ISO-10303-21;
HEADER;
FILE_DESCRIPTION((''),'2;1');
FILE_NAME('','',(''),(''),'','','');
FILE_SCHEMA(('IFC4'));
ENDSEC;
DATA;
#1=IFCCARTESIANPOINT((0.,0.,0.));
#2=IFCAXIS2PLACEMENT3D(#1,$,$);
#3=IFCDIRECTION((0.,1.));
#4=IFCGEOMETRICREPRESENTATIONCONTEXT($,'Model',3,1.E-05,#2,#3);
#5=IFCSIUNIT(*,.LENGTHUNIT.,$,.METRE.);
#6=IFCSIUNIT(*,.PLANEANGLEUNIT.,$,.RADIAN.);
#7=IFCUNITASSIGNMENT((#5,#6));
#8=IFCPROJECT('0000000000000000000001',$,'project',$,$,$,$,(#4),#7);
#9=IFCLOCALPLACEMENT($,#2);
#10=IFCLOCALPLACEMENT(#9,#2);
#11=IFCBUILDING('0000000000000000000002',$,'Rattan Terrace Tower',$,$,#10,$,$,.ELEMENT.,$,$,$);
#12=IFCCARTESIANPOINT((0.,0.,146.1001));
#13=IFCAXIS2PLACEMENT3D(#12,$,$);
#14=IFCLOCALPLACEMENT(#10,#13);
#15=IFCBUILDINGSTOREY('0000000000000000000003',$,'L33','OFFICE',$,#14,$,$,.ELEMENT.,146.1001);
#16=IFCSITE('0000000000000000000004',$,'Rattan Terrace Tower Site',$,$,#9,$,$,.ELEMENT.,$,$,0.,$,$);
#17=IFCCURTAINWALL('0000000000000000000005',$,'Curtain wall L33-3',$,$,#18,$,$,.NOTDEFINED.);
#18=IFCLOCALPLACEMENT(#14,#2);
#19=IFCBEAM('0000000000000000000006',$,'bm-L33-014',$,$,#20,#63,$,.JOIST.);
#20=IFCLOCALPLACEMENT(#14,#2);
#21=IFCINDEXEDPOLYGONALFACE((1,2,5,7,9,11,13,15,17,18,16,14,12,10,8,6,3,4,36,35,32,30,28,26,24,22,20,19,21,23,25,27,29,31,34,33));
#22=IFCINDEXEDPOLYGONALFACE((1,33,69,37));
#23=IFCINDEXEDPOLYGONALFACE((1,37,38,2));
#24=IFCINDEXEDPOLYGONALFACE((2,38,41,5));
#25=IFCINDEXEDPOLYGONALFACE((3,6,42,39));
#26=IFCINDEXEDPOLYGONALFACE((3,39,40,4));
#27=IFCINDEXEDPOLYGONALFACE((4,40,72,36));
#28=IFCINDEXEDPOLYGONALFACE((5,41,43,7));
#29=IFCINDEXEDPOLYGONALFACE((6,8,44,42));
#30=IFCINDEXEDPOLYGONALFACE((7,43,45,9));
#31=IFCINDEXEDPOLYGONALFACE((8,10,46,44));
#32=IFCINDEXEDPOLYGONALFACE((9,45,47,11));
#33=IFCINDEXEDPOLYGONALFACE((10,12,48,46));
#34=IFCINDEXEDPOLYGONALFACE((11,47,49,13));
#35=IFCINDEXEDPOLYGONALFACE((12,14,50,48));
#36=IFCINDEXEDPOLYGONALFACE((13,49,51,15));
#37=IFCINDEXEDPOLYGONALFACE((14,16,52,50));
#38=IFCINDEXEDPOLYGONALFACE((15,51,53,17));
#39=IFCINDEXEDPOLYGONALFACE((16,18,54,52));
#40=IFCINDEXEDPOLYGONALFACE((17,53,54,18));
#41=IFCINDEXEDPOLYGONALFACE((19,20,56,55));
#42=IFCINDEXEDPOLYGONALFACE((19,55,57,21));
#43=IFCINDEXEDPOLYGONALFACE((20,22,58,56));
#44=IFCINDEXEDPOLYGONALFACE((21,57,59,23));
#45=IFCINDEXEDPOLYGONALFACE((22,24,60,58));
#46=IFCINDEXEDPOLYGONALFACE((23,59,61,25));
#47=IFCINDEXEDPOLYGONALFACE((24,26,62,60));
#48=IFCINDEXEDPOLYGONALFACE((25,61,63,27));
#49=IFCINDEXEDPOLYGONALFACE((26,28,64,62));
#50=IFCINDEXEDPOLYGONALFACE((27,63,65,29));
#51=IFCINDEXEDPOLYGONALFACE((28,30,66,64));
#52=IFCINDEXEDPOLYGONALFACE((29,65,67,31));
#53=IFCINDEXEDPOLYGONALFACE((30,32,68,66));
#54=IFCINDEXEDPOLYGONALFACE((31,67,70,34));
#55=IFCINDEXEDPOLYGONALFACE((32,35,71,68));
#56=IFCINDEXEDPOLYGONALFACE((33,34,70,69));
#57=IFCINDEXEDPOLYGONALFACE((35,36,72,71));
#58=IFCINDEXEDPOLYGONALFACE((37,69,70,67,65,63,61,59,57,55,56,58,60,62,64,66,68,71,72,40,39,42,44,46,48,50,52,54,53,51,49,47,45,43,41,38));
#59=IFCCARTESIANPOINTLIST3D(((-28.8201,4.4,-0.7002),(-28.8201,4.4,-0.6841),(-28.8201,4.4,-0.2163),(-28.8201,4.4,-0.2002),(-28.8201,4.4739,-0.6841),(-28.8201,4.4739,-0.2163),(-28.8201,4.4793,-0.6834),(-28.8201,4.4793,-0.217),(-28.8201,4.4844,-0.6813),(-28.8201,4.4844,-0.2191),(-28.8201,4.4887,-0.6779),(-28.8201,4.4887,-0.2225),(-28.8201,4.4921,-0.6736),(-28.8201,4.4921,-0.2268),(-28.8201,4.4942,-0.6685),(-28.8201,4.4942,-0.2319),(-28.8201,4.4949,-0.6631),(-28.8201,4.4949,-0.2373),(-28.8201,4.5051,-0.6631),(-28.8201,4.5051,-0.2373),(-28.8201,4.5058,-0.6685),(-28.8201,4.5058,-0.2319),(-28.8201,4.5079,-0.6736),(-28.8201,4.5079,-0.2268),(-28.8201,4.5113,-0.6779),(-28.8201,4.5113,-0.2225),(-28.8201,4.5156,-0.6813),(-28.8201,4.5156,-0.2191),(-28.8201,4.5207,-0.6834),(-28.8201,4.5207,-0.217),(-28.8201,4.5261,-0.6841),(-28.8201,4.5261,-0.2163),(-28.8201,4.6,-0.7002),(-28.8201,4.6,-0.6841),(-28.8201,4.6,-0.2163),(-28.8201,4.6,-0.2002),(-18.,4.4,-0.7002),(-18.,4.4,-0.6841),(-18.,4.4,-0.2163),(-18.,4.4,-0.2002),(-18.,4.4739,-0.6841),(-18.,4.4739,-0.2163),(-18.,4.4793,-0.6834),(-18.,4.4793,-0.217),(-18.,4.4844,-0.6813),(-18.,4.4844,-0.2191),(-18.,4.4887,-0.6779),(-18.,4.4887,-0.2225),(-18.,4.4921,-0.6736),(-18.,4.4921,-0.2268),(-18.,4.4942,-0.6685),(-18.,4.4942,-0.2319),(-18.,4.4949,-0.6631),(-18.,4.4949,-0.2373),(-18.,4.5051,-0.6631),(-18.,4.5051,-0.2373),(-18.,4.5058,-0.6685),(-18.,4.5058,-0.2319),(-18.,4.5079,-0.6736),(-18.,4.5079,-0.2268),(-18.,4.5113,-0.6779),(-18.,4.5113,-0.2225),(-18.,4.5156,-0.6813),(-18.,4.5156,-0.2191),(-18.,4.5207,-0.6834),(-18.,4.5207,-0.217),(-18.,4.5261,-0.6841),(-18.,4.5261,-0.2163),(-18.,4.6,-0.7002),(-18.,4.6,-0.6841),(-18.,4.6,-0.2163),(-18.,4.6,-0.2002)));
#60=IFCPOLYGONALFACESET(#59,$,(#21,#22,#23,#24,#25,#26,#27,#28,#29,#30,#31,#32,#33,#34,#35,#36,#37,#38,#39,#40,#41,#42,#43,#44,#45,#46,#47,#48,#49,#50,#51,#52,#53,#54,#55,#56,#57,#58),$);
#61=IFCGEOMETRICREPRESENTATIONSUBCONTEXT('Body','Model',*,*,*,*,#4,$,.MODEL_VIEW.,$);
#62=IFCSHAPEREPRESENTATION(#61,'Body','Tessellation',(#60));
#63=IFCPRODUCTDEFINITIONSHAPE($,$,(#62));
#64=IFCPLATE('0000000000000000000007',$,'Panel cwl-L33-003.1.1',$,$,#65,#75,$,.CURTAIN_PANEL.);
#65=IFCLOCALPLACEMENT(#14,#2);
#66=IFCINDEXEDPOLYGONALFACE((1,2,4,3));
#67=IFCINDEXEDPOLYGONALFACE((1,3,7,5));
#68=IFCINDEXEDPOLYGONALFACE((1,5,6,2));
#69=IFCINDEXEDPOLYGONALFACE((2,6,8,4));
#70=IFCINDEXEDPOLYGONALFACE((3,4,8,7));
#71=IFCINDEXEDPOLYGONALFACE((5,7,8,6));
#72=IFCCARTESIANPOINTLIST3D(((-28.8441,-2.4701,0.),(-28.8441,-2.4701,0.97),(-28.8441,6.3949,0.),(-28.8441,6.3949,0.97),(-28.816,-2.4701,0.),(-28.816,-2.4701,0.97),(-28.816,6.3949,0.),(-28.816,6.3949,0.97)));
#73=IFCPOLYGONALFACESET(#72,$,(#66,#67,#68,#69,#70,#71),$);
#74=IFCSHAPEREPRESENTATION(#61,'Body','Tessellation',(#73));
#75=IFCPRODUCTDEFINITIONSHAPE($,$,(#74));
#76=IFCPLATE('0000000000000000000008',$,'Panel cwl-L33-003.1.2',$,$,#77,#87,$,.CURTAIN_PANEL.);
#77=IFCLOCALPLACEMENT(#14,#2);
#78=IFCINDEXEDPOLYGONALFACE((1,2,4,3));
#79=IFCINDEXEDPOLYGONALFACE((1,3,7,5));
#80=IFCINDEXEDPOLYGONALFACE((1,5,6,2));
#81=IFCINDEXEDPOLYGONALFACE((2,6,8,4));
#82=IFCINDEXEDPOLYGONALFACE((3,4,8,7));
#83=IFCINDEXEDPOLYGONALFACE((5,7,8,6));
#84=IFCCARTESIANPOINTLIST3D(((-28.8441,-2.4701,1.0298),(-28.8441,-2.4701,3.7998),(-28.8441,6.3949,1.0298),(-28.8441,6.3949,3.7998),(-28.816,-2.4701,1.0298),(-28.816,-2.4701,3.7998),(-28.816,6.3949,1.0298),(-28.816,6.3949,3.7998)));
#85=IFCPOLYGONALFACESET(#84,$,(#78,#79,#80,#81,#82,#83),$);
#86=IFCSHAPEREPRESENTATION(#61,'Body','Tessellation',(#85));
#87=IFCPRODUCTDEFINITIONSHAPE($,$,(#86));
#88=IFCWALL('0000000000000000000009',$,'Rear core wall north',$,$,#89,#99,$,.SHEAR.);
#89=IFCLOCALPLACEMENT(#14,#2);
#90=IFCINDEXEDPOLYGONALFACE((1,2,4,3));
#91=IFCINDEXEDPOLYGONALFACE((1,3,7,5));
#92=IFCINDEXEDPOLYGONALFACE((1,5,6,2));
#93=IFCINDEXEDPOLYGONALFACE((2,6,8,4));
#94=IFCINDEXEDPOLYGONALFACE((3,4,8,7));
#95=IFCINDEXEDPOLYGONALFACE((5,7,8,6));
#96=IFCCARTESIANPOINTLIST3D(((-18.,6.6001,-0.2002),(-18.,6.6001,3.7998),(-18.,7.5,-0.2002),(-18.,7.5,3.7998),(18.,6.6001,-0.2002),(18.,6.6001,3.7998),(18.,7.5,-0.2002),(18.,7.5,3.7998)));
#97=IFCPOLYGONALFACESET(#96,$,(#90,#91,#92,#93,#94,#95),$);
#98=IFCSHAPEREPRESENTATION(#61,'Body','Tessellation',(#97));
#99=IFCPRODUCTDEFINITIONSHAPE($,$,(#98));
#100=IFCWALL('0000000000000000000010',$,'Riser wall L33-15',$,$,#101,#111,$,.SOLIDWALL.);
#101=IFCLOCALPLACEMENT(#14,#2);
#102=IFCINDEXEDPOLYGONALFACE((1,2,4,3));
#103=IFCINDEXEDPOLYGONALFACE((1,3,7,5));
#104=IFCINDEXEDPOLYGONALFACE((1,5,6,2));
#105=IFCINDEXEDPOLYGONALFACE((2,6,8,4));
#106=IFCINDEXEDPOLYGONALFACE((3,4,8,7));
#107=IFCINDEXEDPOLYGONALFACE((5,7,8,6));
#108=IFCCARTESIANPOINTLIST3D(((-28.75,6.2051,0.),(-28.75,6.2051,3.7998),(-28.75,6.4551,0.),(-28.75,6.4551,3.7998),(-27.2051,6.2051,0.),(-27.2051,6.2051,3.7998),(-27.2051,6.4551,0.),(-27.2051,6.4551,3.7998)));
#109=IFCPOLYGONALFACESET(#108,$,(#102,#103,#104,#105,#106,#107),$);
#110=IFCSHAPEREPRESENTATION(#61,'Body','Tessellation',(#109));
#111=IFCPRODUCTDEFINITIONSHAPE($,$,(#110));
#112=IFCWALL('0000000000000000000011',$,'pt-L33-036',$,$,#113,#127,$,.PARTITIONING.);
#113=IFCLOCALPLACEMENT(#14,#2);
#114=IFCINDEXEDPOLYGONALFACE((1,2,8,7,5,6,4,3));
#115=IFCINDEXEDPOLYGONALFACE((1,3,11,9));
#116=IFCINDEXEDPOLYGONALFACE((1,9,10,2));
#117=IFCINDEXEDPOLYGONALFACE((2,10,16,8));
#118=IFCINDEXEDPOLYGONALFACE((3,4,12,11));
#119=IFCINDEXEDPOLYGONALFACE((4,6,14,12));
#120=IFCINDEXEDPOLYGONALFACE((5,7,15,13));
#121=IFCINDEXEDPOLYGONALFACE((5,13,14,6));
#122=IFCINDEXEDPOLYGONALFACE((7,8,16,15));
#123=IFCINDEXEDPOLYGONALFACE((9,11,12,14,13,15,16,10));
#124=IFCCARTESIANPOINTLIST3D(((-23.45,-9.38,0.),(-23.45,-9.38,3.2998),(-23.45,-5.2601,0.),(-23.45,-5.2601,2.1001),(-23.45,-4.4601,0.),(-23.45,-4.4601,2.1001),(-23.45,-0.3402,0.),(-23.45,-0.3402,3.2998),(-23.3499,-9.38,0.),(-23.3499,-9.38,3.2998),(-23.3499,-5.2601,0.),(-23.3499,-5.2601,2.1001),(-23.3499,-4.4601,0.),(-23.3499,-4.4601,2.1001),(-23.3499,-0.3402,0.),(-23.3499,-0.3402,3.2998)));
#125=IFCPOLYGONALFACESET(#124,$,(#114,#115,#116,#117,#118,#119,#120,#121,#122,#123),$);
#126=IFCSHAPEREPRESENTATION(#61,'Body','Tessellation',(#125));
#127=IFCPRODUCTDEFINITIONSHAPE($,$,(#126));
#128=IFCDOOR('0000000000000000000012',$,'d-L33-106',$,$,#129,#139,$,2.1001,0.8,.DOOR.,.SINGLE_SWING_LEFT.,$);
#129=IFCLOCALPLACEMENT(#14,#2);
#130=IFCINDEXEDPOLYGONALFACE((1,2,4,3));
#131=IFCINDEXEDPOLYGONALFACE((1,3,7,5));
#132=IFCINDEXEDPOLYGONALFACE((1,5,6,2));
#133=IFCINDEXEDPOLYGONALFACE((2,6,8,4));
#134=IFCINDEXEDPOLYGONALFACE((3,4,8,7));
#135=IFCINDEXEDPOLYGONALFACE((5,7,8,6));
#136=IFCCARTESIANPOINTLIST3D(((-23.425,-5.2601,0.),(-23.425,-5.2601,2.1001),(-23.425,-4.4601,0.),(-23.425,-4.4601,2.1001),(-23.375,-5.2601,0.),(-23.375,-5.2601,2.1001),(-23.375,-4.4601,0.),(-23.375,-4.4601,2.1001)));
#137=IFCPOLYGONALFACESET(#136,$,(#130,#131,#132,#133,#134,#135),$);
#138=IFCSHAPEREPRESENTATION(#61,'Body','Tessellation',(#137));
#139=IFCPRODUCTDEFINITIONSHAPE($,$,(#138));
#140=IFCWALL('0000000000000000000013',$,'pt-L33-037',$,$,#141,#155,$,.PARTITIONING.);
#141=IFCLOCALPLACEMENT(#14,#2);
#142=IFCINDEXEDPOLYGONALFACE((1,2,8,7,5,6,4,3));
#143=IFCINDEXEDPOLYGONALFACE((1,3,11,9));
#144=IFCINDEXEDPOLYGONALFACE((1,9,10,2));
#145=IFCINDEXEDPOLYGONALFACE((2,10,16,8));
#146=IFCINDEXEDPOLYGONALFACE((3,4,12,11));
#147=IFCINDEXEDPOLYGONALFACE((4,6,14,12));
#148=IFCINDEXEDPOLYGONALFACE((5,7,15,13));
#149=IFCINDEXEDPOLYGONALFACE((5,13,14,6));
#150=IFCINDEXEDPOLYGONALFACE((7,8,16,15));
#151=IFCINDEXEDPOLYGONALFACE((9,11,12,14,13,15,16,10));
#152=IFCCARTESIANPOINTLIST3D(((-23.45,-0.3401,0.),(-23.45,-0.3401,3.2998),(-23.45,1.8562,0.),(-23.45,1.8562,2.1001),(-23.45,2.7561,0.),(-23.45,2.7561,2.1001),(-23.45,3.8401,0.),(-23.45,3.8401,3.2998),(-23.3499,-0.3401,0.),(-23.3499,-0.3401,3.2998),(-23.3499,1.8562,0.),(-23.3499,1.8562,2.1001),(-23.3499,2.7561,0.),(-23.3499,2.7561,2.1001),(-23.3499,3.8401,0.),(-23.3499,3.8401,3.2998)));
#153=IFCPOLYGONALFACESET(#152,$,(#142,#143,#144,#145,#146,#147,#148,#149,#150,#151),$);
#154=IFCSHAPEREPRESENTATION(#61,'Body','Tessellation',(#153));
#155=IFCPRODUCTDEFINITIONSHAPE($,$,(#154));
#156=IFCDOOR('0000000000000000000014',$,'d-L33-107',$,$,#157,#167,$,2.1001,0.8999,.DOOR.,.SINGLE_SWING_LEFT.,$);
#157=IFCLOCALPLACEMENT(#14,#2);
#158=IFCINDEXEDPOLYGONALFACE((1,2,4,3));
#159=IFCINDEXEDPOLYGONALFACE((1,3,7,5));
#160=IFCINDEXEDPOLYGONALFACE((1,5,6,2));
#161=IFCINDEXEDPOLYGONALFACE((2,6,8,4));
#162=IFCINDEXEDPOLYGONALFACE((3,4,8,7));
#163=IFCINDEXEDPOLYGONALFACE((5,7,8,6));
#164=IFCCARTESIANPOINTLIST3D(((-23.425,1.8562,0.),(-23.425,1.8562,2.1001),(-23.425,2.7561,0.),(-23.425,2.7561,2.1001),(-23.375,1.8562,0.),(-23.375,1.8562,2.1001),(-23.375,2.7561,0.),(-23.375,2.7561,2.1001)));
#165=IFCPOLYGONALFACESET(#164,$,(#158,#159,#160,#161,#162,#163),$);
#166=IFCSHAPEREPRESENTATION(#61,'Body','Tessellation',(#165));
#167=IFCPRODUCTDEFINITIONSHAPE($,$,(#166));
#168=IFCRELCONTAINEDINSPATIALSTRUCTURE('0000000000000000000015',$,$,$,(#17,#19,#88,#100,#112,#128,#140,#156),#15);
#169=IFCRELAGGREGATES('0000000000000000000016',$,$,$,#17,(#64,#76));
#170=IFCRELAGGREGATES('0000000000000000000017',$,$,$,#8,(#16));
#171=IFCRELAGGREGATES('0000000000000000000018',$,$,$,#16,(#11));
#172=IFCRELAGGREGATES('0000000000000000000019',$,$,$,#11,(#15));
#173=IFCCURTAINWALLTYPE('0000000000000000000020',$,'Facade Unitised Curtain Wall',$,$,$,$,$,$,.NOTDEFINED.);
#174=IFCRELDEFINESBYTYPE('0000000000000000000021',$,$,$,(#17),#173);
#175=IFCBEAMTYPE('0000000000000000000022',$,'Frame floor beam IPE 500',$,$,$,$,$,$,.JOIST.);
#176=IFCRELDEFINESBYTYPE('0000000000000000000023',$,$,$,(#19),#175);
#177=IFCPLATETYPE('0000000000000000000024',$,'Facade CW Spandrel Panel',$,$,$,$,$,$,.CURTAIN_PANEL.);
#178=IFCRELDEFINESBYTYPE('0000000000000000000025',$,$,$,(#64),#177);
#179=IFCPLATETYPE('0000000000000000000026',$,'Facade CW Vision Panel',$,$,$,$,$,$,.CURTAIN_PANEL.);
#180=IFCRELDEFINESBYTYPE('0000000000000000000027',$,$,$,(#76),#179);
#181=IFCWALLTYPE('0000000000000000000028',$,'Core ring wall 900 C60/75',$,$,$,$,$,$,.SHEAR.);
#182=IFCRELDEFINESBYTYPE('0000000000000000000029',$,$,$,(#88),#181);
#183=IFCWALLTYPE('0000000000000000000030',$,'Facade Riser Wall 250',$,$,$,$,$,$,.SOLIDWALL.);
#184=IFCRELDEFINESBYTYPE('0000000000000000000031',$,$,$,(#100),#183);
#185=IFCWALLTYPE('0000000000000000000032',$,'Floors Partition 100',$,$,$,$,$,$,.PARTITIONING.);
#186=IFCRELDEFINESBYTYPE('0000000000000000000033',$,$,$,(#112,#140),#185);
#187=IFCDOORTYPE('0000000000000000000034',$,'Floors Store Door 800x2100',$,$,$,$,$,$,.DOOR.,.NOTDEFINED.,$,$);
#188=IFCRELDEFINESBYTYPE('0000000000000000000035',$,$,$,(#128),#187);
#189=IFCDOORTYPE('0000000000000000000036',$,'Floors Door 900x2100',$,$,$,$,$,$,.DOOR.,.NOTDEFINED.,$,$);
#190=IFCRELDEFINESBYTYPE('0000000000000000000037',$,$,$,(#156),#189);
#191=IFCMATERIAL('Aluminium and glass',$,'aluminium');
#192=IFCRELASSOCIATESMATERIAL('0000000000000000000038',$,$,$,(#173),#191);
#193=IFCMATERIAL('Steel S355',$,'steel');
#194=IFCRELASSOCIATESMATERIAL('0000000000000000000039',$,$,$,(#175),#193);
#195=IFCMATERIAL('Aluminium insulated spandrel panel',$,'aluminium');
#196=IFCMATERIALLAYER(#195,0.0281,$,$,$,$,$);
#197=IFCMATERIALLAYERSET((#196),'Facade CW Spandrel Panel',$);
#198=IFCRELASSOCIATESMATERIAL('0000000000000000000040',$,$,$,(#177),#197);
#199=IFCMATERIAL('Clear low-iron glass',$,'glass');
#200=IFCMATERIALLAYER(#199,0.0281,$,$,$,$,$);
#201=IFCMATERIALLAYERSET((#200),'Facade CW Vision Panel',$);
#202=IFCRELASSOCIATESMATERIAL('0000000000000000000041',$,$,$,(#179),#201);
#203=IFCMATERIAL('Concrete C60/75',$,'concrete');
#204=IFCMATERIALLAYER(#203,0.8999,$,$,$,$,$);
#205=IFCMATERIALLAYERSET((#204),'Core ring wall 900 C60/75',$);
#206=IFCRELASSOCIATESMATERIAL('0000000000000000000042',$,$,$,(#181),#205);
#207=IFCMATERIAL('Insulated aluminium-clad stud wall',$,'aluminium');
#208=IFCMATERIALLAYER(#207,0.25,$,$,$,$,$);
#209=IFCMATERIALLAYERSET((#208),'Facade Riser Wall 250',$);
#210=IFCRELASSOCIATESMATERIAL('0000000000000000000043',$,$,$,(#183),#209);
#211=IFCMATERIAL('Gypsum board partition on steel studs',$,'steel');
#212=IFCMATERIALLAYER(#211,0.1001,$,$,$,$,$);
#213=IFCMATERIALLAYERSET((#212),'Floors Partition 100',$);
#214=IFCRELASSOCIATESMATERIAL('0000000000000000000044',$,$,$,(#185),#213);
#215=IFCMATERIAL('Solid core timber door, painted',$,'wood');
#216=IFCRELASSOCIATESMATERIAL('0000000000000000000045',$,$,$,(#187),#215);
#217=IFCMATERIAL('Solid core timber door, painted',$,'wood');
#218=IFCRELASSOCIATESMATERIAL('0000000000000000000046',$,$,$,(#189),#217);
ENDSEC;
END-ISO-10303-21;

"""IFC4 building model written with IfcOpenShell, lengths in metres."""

from ifc_helpers import new_model, si_unit, direction, frame, frame_2d, origin, origin_2d, place, context, subcontext, project, spatial, rectangle, i_section, extrude, material, layer, layer_set, material_profile, profile_set, type_object, element, fill, aggregate, save


model = new_model("IFC4")

# Units and contexts
model_context = context("Model", 3, precision=1e-05, world=origin(), true_north=direction((0.0, 1.0)))
body_context = subcontext(model_context, "Body", "Model", "MODEL_VIEW")
ifc_project = project(units=[si_unit("LENGTHUNIT", "METRE"), si_unit("PLANEANGLEUNIT", "RADIAN")], contexts=[model_context])

# Site, building, storey
site_placement = place(None, origin())
site = spatial("IfcSite", under=ifc_project, at=site_placement, Name="Rattan Terrace Tower Site", CompositionType="ELEMENT", RefElevation=0.0)
building_placement = place(site_placement, origin())
building = spatial("IfcBuilding", under=site, at=building_placement, Name="Rattan Terrace Tower", CompositionType="ELEMENT")
storey_placement = place(building_placement, frame((0.0, 0.0, 146.1001)))
storey = spatial("IfcBuildingStorey", under=building, at=storey_placement, Name="L33", Description="OFFICE", CompositionType="ELEMENT", Elevation=146.1001)

# Curtain wall
ifc_material_1 = material(Name="Aluminium and glass", Category="aluminium")
curtain_wall_type = type_object("IfcCurtainWallType", Name="Facade Unitised Curtain Wall", PredefinedType="NOTDEFINED", material=ifc_material_1)
curtain_wall_placement = place(storey_placement, origin())
curtain_wall = element("IfcCurtainWall", 1, at=curtain_wall_placement, inside=storey, type_object=curtain_wall_type, Name="Curtain wall L33-3", PredefinedType="NOTDEFINED")

# Beam
ifc_material_2 = material(Name="Steel S355", Category="steel")
ifc_material_profile_1 = material_profile(ifc_material_2, i_section(OverallWidth=0.2, OverallDepth=0.5, WebThickness=0.0103, FlangeThickness=0.0161, FilletRadius=0.021, at=origin_2d()), Name="IPE 500")
ifc_profile_set_1 = profile_set([ifc_material_profile_1], Name="Steel S355")
beam_type = type_object("IfcBeamType", Name="Frame floor beam IPE 500", PredefinedType="JOIST", material=ifc_profile_set_1)
for number, where, z_axis, x_axis, name in (
    (2, (-28.8201, 4.5, -0.4502), (1.0, 0.0, 0.0), (0.0, 1.0, 0.0), "bm-L33-014"),
):
    element("IfcBeam", number, at=place(storey_placement, frame(where, z_axis=z_axis, x_axis=x_axis)), inside=storey, type_object=beam_type, Name=name, PredefinedType="JOIST", context=body_context, shape_type="SweptSolid", body=[
        extrude(i_section(OverallWidth=0.2, OverallDepth=0.5, WebThickness=0.0103, FlangeThickness=0.0161, FilletRadius=0.021, at=origin_2d()), origin(), (0.0, 0.0, 1.0), 10.8201),
    ])

# Plates
ifc_material_3 = material(Name="Aluminium insulated spandrel panel", Category="aluminium")
ifc_layer_1 = layer(ifc_material_3, 0.0281)
ifc_layer_set_1 = layer_set([ifc_layer_1], Name="Facade CW Spandrel Panel")
plate_type_1 = type_object("IfcPlateType", Name="Facade CW Spandrel Panel", PredefinedType="CURTAIN_PANEL", material=ifc_layer_set_1)
plate_1_placement = place(storey_placement, frame((-28.8301, 1.9624, 0.0), z_axis=(0.0, 0.0, 1.0), x_axis=(0.0, -1.0, 0.0)))
plate_1 = element("IfcPlate", 3, at=plate_1_placement, type_object=plate_type_1, Name="Panel cwl-L33-003.1.1", PredefinedType="CURTAIN_PANEL", context=body_context, shape_type="SweptSolid", body=[
    extrude(rectangle(XDim=8.865, YDim=0.0281, at=origin_2d()), origin(), (0.0, 0.0, 1.0), 0.97),
])
ifc_material_4 = material(Name="Clear low-iron glass", Category="glass")
ifc_layer_2 = layer(ifc_material_4, 0.0281)
ifc_layer_set_2 = layer_set([ifc_layer_2], Name="Facade CW Vision Panel")
plate_type_2 = type_object("IfcPlateType", Name="Facade CW Vision Panel", PredefinedType="CURTAIN_PANEL", material=ifc_layer_set_2)
plate_2_placement = place(storey_placement, frame((-28.8301, 1.9624, 1.0298), z_axis=(0.0, 0.0, 1.0), x_axis=(0.0, -1.0, 0.0)))
plate_2 = element("IfcPlate", 4, at=plate_2_placement, type_object=plate_type_2, Name="Panel cwl-L33-003.1.2", PredefinedType="CURTAIN_PANEL", context=body_context, shape_type="SweptSolid", body=[
    extrude(rectangle(XDim=8.865, YDim=0.0281, at=origin_2d()), origin(), (0.0, 0.0, 1.0), 2.77),
])
aggregate(curtain_wall, [plate_1, plate_2])

# Walls
ifc_material_5 = material(Name="Concrete C60/75", Category="concrete")
ifc_layer_3 = layer(ifc_material_5, 0.8999)
ifc_layer_set_3 = layer_set([ifc_layer_3], Name="Core ring wall 900 C60/75")
wall_type_1 = type_object("IfcWallType", Name="Core ring wall 900 C60/75", PredefinedType="SHEAR", material=ifc_layer_set_3)
wall_1_placement = place(storey_placement, frame((-18.0, 7.05, -0.2002), z_axis=(0.0, 0.0, 1.0), x_axis=(1.0, 0.0, 0.0)))
element("IfcWall", 5, at=wall_1_placement, inside=storey, type_object=wall_type_1, Name="Rear core wall north", PredefinedType="SHEAR", context=body_context, shape_type="SweptSolid", body=[
    extrude(rectangle(XDim=36.0, YDim=0.8999, at=frame_2d((18.0, 0.0))), origin(), (0.0, 0.0, 1.0), 4.0),
])
ifc_material_6 = material(Name="Insulated aluminium-clad stud wall", Category="aluminium")
ifc_layer_4 = layer(ifc_material_6, 0.25)
ifc_layer_set_4 = layer_set([ifc_layer_4], Name="Facade Riser Wall 250")
wall_type_2 = type_object("IfcWallType", Name="Facade Riser Wall 250", PredefinedType="SOLIDWALL", material=ifc_layer_set_4)
wall_2_placement = place(storey_placement, frame((-27.2051, 6.3301, 0.0), z_axis=(0.0, 0.0, 1.0), x_axis=(-1.0, 0.0, 0.0)))
element("IfcWall", 6, at=wall_2_placement, inside=storey, type_object=wall_type_2, Name="Riser wall L33-15", PredefinedType="SOLIDWALL", context=body_context, shape_type="SweptSolid", body=[
    extrude(rectangle(XDim=1.5449, YDim=0.25, at=frame_2d((0.7725, 0.0))), origin(), (0.0, 0.0, 1.0), 3.7998),
])

# Walls, openings, doors
ifc_material_7 = material(Name="Gypsum board partition on steel studs", Category="steel")
ifc_layer_5 = layer(ifc_material_7, 0.1001)
ifc_layer_set_5 = layer_set([ifc_layer_5], Name="Floors Partition 100")
wall_type_3 = type_object("IfcWallType", Name="Floors Partition 100", PredefinedType="PARTITIONING", material=ifc_layer_set_5)
wall_3_placement = place(storey_placement, frame((-23.3999, -0.3401, 0.0), z_axis=(0.0, 0.0, 1.0), x_axis=(0.0, -1.0, 0.0)))
wall_3 = element("IfcWall", 7, at=wall_3_placement, inside=storey, type_object=wall_type_3, Name="pt-L33-036", PredefinedType="PARTITIONING", context=body_context, shape_type="SweptSolid", body=[
    extrude(rectangle(XDim=9.0398, YDim=0.1001, at=frame_2d((4.52, 0.0))), origin(), (0.0, 0.0, 1.0), 3.2998),
])
opening_1_placement = place(wall_3_placement, frame((4.1201, 0.0, 0.0)))
opening_1 = element("IfcOpeningElement", 8, at=opening_1_placement, cuts=wall_3, PredefinedType="OPENING", context=body_context, shape_type="SweptSolid", body=[
    extrude(rectangle(XDim=0.8, YDim=2.1001, at=frame_2d((0.3999, 1.05))), frame((0.0, 0.0605, 0.0), z_axis=(0.0, -1.0, 0.0), x_axis=(1.0, 0.0, 0.0)), (0.0, 0.0, 1.0), 0.1211),
])
ifc_material_8 = material(Name="Solid core timber door, painted", Category="wood")
door_type_1 = type_object("IfcDoorType", Name="Floors Store Door 800x2100", OperationType="NOTDEFINED", PredefinedType="DOOR", material=ifc_material_8)
door_1_placement = place(opening_1_placement, origin())
door_1 = element("IfcDoor", 9, at=door_1_placement, inside=storey, type_object=door_type_1, Name="d-L33-106", OperationType="SINGLE_SWING_LEFT", OverallHeight=2.1001, OverallWidth=0.8, PredefinedType="DOOR", context=body_context, shape_type="SweptSolid", body=[
    extrude(rectangle(XDim=0.8, YDim=2.1001, at=frame_2d((0.3999, 1.05))), frame((0.0, 0.0249, 0.0), z_axis=(0.0, -1.0, 0.0), x_axis=(1.0, 0.0, 0.0)), (0.0, 0.0, 1.0), 0.05),
])
fill(opening_1, door_1)
wall_4_placement = place(storey_placement, frame((-23.3999, 3.8401, 0.0), z_axis=(0.0, 0.0, 1.0), x_axis=(0.0, -1.0, 0.0)))
wall_4 = element("IfcWall", 10, at=wall_4_placement, inside=storey, type_object=wall_type_3, Name="pt-L33-037", PredefinedType="PARTITIONING", context=body_context, shape_type="SweptSolid", body=[
    extrude(rectangle(XDim=4.1802, YDim=0.1001, at=frame_2d((2.0901, 0.0))), origin(), (0.0, 0.0, 1.0), 3.2998),
])
opening_2_placement = place(wall_4_placement, frame((1.084, 0.0, 0.0)))
opening_2 = element("IfcOpeningElement", 11, at=opening_2_placement, cuts=wall_4, PredefinedType="OPENING", context=body_context, shape_type="SweptSolid", body=[
    extrude(rectangle(XDim=0.8999, YDim=2.1001, at=frame_2d((0.45, 1.05))), frame((0.0, 0.0605, 0.0), z_axis=(0.0, -1.0, 0.0), x_axis=(1.0, 0.0, 0.0)), (0.0, 0.0, 1.0), 0.1211),
])
ifc_material_9 = material(Name="Solid core timber door, painted", Category="wood")
door_type_2 = type_object("IfcDoorType", Name="Floors Door 900x2100", OperationType="NOTDEFINED", PredefinedType="DOOR", material=ifc_material_9)
door_2_placement = place(opening_2_placement, origin())
door_2 = element("IfcDoor", 12, at=door_2_placement, inside=storey, type_object=door_type_2, Name="d-L33-107", OperationType="SINGLE_SWING_LEFT", OverallHeight=2.1001, OverallWidth=0.8999, PredefinedType="DOOR", context=body_context, shape_type="SweptSolid", body=[
    extrude(rectangle(XDim=0.8999, YDim=2.1001, at=frame_2d((0.45, 1.05))), frame((0.0, 0.0249, 0.0), z_axis=(0.0, -1.0, 0.0), x_axis=(1.0, 0.0, 0.0)), (0.0, 0.0, 1.0), 0.05),
])
fill(opening_2, door_2)

save(model, "model.ifc")
